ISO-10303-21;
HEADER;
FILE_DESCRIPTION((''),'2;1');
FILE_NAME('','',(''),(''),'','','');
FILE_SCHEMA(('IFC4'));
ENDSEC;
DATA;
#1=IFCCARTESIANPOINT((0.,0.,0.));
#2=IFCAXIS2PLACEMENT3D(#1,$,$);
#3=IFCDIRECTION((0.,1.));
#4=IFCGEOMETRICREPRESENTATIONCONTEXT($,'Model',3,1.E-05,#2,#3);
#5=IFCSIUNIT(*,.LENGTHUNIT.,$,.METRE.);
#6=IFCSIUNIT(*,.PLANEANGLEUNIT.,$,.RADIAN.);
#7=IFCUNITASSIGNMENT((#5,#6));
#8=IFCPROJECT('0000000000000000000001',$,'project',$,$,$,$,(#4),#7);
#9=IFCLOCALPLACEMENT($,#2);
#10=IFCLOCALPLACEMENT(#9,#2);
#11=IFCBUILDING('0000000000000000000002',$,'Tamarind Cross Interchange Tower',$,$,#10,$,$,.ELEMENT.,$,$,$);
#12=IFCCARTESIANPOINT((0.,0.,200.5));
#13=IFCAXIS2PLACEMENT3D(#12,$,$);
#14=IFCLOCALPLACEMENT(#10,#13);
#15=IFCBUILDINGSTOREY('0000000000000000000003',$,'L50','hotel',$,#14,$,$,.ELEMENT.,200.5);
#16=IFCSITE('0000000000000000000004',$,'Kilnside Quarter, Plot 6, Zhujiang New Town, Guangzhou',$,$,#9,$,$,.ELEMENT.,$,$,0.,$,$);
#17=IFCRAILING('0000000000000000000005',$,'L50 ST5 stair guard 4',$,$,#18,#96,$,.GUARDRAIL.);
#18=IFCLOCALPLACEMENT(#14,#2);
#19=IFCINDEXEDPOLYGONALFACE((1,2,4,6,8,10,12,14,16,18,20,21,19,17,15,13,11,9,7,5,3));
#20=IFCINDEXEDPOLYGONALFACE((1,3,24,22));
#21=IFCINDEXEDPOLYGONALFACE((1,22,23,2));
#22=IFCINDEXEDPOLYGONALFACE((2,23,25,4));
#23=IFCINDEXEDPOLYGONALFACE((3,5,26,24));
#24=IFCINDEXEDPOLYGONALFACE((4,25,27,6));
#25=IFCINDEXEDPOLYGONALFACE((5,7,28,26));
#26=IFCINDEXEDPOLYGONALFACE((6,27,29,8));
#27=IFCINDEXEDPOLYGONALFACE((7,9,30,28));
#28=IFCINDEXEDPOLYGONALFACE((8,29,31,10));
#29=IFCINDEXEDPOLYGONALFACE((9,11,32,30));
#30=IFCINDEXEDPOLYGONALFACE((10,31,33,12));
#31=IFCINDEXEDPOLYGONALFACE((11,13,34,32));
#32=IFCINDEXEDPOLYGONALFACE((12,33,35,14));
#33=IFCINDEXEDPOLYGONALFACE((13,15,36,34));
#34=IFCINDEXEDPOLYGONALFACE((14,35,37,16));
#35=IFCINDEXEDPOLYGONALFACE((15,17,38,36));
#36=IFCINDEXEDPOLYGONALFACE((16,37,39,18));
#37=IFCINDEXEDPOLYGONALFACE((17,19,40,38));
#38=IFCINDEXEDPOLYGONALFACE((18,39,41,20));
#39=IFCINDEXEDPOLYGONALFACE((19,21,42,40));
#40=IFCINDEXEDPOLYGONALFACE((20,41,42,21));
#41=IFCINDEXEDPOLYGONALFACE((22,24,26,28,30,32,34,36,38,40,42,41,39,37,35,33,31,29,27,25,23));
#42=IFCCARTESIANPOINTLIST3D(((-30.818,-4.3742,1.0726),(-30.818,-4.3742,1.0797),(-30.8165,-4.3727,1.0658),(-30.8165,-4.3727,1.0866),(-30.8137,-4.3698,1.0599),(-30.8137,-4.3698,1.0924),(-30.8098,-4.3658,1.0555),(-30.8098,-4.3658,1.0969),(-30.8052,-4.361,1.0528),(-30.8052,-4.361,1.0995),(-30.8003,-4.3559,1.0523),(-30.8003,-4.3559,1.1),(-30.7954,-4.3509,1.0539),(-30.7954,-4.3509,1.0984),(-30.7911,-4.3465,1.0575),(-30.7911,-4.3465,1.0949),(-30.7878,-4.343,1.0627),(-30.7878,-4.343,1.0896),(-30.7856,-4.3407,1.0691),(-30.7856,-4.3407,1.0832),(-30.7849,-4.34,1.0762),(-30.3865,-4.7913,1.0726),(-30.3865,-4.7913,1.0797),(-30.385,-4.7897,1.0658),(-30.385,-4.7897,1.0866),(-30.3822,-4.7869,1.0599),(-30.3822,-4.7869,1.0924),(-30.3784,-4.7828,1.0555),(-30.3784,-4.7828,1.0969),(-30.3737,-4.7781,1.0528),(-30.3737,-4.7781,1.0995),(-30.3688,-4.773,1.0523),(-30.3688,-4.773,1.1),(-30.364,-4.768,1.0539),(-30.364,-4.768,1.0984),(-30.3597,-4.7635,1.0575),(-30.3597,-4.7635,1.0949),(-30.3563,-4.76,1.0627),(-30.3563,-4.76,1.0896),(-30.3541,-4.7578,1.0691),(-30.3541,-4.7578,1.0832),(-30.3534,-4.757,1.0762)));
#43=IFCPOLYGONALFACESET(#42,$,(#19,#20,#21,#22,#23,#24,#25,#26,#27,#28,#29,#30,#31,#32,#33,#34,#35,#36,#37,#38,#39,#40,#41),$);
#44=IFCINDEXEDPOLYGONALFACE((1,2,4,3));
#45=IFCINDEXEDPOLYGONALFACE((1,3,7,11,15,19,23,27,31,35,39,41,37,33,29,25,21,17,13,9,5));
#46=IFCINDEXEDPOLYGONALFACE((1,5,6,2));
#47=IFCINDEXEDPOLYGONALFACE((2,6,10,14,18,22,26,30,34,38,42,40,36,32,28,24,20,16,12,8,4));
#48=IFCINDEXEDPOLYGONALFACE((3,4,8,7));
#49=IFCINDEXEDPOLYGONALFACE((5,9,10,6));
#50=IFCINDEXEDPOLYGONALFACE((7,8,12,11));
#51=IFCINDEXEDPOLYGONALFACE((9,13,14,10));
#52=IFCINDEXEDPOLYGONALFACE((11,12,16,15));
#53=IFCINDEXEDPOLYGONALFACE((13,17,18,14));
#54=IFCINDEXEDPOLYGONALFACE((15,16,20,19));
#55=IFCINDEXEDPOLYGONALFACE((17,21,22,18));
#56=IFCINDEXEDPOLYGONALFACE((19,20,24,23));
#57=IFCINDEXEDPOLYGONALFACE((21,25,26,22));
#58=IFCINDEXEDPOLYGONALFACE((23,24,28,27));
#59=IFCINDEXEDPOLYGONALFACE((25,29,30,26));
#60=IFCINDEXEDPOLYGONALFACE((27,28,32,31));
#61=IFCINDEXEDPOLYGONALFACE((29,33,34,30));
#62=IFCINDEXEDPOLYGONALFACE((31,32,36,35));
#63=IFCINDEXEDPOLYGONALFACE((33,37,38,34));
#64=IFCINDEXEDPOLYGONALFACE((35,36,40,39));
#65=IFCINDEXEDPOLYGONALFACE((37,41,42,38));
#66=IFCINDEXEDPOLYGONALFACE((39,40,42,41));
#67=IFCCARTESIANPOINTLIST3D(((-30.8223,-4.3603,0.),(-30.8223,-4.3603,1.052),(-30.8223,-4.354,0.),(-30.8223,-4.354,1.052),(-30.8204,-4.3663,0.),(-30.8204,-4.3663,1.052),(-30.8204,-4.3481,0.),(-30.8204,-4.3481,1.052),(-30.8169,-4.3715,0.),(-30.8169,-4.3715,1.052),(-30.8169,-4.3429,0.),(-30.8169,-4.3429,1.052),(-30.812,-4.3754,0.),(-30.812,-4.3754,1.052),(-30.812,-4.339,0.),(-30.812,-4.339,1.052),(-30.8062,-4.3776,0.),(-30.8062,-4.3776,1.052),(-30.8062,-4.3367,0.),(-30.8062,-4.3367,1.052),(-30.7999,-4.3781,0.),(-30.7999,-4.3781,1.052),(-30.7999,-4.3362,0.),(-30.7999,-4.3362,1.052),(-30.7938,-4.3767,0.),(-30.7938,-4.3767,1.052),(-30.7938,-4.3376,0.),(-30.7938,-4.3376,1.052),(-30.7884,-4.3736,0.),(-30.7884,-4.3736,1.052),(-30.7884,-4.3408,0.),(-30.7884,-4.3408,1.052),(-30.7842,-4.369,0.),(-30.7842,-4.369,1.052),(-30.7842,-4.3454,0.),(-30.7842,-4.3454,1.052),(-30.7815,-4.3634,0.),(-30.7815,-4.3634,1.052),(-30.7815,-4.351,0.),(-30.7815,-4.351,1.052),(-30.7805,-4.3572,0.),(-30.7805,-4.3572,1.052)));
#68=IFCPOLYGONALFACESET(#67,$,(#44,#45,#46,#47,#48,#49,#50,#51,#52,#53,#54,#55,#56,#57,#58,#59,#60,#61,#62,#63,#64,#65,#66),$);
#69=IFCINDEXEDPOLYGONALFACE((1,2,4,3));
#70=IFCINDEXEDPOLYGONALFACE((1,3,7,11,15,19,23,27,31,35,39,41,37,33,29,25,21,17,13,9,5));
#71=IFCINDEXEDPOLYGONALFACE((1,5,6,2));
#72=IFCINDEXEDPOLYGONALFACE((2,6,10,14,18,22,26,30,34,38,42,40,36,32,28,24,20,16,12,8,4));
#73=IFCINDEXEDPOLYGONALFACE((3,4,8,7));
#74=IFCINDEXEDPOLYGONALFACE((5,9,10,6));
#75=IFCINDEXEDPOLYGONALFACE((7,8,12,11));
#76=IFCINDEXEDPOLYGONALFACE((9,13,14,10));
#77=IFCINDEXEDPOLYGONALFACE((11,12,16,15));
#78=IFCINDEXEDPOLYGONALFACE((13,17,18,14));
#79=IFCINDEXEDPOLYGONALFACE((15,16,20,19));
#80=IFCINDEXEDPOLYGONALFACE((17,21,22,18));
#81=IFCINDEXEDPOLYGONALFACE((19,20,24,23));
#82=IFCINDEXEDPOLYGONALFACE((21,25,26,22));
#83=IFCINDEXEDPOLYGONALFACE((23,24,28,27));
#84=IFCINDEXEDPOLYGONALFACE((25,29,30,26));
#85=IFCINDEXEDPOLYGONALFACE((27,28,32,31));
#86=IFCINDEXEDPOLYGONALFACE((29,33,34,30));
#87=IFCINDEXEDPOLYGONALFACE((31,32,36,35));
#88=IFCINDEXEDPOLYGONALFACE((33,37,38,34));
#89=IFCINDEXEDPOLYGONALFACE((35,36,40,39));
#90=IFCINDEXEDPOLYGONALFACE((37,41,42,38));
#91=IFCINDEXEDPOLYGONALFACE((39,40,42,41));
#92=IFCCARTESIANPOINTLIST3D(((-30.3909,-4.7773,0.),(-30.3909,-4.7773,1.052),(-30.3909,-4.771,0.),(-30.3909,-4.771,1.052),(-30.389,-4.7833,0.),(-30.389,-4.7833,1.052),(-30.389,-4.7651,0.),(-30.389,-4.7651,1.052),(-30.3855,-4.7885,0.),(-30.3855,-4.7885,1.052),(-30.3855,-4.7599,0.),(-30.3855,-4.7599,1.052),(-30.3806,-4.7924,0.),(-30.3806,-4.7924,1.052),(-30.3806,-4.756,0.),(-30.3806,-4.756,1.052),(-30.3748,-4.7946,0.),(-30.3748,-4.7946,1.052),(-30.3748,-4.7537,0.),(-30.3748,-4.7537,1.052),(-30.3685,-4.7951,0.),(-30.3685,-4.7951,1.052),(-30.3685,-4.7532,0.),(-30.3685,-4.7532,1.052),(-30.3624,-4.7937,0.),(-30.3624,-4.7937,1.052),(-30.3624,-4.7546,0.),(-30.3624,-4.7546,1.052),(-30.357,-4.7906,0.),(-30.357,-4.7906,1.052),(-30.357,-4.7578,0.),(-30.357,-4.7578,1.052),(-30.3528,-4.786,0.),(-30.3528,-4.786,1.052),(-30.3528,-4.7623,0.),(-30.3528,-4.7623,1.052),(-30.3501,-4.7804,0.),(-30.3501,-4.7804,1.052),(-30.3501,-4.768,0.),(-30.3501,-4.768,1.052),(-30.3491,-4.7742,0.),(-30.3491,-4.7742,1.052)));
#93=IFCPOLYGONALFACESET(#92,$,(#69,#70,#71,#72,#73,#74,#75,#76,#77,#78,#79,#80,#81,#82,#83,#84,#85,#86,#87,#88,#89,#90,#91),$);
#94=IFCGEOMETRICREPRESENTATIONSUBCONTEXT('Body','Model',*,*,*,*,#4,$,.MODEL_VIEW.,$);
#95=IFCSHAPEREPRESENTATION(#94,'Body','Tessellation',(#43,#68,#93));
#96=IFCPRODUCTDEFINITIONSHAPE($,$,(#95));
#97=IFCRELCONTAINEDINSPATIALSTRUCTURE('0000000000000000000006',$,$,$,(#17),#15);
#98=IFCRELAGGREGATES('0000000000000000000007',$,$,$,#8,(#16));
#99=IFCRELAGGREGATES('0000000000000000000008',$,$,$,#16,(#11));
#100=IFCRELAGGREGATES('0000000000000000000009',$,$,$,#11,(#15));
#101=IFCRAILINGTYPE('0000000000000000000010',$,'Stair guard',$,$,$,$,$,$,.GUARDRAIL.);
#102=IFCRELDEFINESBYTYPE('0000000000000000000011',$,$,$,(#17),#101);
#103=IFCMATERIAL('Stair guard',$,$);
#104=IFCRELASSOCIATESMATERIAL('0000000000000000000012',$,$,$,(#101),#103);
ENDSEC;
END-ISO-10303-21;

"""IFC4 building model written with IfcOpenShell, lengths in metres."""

from ifc_helpers import new_model, si_unit, direction, frame, origin, origin_2d, place, context, subcontext, project, spatial, circle, extrude, material, type_object, element, save


model = new_model("IFC4")

# Units and contexts
model_context = context("Model", 3, precision=1e-05, world=origin(), true_north=direction((0.0, 1.0)))
body_context = subcontext(model_context, "Body", "Model", "MODEL_VIEW")
ifc_project = project(units=[si_unit("LENGTHUNIT", "METRE"), si_unit("PLANEANGLEUNIT", "RADIAN")], contexts=[model_context])

# Site, building, storey
site_placement = place(None, origin())
site = spatial("IfcSite", under=ifc_project, at=site_placement, Name="Kilnside Quarter, Plot 6, Zhujiang New Town, Guangzhou", CompositionType="ELEMENT", RefElevation=0.0)
building_placement = place(site_placement, origin())
building = spatial("IfcBuilding", under=site, at=building_placement, Name="Tamarind Cross Interchange Tower", CompositionType="ELEMENT")
storey_placement = place(building_placement, frame((0.0, 0.0, 200.5)))
storey = spatial("IfcBuildingStorey", under=building, at=storey_placement, Name="L50", Description="hotel", CompositionType="ELEMENT", Elevation=200.5)

# Railing
ifc_material_1 = material(Name="Stair guard")
railing_type_1 = type_object("IfcRailingType", Name="Stair guard", PredefinedType="GUARDRAIL", material=ifc_material_1)
railing_1_placement = place(storey_placement, frame((-30.8015, -4.3572, 0.0)))
element("IfcRailing", 1, at=railing_1_placement, inside=storey, type_object=railing_type_1, Name="L50 ST5 stair guard 4", PredefinedType="GUARDRAIL", context=body_context, shape_type="SweptSolid", body=[
    extrude(circle(Radius=0.0239, at=origin_2d()), frame((0.0, 0.0, 1.0762), z_axis=(0.719009, -0.695001, 0.0), x_axis=(0.695001, 0.719009, 0.0)), (0.0, 0.0, 1.0), 0.6001),
    extrude(circle(Radius=0.021, at=origin_2d()), origin(), (0.0, 0.0, 1.0), 1.052),
    extrude(circle(Radius=0.021, at=origin_2d()), frame((0.4314, -0.417, 0.0)), (0.0, 0.0, 1.0), 1.052),
])

save(model, "model.ifc")
